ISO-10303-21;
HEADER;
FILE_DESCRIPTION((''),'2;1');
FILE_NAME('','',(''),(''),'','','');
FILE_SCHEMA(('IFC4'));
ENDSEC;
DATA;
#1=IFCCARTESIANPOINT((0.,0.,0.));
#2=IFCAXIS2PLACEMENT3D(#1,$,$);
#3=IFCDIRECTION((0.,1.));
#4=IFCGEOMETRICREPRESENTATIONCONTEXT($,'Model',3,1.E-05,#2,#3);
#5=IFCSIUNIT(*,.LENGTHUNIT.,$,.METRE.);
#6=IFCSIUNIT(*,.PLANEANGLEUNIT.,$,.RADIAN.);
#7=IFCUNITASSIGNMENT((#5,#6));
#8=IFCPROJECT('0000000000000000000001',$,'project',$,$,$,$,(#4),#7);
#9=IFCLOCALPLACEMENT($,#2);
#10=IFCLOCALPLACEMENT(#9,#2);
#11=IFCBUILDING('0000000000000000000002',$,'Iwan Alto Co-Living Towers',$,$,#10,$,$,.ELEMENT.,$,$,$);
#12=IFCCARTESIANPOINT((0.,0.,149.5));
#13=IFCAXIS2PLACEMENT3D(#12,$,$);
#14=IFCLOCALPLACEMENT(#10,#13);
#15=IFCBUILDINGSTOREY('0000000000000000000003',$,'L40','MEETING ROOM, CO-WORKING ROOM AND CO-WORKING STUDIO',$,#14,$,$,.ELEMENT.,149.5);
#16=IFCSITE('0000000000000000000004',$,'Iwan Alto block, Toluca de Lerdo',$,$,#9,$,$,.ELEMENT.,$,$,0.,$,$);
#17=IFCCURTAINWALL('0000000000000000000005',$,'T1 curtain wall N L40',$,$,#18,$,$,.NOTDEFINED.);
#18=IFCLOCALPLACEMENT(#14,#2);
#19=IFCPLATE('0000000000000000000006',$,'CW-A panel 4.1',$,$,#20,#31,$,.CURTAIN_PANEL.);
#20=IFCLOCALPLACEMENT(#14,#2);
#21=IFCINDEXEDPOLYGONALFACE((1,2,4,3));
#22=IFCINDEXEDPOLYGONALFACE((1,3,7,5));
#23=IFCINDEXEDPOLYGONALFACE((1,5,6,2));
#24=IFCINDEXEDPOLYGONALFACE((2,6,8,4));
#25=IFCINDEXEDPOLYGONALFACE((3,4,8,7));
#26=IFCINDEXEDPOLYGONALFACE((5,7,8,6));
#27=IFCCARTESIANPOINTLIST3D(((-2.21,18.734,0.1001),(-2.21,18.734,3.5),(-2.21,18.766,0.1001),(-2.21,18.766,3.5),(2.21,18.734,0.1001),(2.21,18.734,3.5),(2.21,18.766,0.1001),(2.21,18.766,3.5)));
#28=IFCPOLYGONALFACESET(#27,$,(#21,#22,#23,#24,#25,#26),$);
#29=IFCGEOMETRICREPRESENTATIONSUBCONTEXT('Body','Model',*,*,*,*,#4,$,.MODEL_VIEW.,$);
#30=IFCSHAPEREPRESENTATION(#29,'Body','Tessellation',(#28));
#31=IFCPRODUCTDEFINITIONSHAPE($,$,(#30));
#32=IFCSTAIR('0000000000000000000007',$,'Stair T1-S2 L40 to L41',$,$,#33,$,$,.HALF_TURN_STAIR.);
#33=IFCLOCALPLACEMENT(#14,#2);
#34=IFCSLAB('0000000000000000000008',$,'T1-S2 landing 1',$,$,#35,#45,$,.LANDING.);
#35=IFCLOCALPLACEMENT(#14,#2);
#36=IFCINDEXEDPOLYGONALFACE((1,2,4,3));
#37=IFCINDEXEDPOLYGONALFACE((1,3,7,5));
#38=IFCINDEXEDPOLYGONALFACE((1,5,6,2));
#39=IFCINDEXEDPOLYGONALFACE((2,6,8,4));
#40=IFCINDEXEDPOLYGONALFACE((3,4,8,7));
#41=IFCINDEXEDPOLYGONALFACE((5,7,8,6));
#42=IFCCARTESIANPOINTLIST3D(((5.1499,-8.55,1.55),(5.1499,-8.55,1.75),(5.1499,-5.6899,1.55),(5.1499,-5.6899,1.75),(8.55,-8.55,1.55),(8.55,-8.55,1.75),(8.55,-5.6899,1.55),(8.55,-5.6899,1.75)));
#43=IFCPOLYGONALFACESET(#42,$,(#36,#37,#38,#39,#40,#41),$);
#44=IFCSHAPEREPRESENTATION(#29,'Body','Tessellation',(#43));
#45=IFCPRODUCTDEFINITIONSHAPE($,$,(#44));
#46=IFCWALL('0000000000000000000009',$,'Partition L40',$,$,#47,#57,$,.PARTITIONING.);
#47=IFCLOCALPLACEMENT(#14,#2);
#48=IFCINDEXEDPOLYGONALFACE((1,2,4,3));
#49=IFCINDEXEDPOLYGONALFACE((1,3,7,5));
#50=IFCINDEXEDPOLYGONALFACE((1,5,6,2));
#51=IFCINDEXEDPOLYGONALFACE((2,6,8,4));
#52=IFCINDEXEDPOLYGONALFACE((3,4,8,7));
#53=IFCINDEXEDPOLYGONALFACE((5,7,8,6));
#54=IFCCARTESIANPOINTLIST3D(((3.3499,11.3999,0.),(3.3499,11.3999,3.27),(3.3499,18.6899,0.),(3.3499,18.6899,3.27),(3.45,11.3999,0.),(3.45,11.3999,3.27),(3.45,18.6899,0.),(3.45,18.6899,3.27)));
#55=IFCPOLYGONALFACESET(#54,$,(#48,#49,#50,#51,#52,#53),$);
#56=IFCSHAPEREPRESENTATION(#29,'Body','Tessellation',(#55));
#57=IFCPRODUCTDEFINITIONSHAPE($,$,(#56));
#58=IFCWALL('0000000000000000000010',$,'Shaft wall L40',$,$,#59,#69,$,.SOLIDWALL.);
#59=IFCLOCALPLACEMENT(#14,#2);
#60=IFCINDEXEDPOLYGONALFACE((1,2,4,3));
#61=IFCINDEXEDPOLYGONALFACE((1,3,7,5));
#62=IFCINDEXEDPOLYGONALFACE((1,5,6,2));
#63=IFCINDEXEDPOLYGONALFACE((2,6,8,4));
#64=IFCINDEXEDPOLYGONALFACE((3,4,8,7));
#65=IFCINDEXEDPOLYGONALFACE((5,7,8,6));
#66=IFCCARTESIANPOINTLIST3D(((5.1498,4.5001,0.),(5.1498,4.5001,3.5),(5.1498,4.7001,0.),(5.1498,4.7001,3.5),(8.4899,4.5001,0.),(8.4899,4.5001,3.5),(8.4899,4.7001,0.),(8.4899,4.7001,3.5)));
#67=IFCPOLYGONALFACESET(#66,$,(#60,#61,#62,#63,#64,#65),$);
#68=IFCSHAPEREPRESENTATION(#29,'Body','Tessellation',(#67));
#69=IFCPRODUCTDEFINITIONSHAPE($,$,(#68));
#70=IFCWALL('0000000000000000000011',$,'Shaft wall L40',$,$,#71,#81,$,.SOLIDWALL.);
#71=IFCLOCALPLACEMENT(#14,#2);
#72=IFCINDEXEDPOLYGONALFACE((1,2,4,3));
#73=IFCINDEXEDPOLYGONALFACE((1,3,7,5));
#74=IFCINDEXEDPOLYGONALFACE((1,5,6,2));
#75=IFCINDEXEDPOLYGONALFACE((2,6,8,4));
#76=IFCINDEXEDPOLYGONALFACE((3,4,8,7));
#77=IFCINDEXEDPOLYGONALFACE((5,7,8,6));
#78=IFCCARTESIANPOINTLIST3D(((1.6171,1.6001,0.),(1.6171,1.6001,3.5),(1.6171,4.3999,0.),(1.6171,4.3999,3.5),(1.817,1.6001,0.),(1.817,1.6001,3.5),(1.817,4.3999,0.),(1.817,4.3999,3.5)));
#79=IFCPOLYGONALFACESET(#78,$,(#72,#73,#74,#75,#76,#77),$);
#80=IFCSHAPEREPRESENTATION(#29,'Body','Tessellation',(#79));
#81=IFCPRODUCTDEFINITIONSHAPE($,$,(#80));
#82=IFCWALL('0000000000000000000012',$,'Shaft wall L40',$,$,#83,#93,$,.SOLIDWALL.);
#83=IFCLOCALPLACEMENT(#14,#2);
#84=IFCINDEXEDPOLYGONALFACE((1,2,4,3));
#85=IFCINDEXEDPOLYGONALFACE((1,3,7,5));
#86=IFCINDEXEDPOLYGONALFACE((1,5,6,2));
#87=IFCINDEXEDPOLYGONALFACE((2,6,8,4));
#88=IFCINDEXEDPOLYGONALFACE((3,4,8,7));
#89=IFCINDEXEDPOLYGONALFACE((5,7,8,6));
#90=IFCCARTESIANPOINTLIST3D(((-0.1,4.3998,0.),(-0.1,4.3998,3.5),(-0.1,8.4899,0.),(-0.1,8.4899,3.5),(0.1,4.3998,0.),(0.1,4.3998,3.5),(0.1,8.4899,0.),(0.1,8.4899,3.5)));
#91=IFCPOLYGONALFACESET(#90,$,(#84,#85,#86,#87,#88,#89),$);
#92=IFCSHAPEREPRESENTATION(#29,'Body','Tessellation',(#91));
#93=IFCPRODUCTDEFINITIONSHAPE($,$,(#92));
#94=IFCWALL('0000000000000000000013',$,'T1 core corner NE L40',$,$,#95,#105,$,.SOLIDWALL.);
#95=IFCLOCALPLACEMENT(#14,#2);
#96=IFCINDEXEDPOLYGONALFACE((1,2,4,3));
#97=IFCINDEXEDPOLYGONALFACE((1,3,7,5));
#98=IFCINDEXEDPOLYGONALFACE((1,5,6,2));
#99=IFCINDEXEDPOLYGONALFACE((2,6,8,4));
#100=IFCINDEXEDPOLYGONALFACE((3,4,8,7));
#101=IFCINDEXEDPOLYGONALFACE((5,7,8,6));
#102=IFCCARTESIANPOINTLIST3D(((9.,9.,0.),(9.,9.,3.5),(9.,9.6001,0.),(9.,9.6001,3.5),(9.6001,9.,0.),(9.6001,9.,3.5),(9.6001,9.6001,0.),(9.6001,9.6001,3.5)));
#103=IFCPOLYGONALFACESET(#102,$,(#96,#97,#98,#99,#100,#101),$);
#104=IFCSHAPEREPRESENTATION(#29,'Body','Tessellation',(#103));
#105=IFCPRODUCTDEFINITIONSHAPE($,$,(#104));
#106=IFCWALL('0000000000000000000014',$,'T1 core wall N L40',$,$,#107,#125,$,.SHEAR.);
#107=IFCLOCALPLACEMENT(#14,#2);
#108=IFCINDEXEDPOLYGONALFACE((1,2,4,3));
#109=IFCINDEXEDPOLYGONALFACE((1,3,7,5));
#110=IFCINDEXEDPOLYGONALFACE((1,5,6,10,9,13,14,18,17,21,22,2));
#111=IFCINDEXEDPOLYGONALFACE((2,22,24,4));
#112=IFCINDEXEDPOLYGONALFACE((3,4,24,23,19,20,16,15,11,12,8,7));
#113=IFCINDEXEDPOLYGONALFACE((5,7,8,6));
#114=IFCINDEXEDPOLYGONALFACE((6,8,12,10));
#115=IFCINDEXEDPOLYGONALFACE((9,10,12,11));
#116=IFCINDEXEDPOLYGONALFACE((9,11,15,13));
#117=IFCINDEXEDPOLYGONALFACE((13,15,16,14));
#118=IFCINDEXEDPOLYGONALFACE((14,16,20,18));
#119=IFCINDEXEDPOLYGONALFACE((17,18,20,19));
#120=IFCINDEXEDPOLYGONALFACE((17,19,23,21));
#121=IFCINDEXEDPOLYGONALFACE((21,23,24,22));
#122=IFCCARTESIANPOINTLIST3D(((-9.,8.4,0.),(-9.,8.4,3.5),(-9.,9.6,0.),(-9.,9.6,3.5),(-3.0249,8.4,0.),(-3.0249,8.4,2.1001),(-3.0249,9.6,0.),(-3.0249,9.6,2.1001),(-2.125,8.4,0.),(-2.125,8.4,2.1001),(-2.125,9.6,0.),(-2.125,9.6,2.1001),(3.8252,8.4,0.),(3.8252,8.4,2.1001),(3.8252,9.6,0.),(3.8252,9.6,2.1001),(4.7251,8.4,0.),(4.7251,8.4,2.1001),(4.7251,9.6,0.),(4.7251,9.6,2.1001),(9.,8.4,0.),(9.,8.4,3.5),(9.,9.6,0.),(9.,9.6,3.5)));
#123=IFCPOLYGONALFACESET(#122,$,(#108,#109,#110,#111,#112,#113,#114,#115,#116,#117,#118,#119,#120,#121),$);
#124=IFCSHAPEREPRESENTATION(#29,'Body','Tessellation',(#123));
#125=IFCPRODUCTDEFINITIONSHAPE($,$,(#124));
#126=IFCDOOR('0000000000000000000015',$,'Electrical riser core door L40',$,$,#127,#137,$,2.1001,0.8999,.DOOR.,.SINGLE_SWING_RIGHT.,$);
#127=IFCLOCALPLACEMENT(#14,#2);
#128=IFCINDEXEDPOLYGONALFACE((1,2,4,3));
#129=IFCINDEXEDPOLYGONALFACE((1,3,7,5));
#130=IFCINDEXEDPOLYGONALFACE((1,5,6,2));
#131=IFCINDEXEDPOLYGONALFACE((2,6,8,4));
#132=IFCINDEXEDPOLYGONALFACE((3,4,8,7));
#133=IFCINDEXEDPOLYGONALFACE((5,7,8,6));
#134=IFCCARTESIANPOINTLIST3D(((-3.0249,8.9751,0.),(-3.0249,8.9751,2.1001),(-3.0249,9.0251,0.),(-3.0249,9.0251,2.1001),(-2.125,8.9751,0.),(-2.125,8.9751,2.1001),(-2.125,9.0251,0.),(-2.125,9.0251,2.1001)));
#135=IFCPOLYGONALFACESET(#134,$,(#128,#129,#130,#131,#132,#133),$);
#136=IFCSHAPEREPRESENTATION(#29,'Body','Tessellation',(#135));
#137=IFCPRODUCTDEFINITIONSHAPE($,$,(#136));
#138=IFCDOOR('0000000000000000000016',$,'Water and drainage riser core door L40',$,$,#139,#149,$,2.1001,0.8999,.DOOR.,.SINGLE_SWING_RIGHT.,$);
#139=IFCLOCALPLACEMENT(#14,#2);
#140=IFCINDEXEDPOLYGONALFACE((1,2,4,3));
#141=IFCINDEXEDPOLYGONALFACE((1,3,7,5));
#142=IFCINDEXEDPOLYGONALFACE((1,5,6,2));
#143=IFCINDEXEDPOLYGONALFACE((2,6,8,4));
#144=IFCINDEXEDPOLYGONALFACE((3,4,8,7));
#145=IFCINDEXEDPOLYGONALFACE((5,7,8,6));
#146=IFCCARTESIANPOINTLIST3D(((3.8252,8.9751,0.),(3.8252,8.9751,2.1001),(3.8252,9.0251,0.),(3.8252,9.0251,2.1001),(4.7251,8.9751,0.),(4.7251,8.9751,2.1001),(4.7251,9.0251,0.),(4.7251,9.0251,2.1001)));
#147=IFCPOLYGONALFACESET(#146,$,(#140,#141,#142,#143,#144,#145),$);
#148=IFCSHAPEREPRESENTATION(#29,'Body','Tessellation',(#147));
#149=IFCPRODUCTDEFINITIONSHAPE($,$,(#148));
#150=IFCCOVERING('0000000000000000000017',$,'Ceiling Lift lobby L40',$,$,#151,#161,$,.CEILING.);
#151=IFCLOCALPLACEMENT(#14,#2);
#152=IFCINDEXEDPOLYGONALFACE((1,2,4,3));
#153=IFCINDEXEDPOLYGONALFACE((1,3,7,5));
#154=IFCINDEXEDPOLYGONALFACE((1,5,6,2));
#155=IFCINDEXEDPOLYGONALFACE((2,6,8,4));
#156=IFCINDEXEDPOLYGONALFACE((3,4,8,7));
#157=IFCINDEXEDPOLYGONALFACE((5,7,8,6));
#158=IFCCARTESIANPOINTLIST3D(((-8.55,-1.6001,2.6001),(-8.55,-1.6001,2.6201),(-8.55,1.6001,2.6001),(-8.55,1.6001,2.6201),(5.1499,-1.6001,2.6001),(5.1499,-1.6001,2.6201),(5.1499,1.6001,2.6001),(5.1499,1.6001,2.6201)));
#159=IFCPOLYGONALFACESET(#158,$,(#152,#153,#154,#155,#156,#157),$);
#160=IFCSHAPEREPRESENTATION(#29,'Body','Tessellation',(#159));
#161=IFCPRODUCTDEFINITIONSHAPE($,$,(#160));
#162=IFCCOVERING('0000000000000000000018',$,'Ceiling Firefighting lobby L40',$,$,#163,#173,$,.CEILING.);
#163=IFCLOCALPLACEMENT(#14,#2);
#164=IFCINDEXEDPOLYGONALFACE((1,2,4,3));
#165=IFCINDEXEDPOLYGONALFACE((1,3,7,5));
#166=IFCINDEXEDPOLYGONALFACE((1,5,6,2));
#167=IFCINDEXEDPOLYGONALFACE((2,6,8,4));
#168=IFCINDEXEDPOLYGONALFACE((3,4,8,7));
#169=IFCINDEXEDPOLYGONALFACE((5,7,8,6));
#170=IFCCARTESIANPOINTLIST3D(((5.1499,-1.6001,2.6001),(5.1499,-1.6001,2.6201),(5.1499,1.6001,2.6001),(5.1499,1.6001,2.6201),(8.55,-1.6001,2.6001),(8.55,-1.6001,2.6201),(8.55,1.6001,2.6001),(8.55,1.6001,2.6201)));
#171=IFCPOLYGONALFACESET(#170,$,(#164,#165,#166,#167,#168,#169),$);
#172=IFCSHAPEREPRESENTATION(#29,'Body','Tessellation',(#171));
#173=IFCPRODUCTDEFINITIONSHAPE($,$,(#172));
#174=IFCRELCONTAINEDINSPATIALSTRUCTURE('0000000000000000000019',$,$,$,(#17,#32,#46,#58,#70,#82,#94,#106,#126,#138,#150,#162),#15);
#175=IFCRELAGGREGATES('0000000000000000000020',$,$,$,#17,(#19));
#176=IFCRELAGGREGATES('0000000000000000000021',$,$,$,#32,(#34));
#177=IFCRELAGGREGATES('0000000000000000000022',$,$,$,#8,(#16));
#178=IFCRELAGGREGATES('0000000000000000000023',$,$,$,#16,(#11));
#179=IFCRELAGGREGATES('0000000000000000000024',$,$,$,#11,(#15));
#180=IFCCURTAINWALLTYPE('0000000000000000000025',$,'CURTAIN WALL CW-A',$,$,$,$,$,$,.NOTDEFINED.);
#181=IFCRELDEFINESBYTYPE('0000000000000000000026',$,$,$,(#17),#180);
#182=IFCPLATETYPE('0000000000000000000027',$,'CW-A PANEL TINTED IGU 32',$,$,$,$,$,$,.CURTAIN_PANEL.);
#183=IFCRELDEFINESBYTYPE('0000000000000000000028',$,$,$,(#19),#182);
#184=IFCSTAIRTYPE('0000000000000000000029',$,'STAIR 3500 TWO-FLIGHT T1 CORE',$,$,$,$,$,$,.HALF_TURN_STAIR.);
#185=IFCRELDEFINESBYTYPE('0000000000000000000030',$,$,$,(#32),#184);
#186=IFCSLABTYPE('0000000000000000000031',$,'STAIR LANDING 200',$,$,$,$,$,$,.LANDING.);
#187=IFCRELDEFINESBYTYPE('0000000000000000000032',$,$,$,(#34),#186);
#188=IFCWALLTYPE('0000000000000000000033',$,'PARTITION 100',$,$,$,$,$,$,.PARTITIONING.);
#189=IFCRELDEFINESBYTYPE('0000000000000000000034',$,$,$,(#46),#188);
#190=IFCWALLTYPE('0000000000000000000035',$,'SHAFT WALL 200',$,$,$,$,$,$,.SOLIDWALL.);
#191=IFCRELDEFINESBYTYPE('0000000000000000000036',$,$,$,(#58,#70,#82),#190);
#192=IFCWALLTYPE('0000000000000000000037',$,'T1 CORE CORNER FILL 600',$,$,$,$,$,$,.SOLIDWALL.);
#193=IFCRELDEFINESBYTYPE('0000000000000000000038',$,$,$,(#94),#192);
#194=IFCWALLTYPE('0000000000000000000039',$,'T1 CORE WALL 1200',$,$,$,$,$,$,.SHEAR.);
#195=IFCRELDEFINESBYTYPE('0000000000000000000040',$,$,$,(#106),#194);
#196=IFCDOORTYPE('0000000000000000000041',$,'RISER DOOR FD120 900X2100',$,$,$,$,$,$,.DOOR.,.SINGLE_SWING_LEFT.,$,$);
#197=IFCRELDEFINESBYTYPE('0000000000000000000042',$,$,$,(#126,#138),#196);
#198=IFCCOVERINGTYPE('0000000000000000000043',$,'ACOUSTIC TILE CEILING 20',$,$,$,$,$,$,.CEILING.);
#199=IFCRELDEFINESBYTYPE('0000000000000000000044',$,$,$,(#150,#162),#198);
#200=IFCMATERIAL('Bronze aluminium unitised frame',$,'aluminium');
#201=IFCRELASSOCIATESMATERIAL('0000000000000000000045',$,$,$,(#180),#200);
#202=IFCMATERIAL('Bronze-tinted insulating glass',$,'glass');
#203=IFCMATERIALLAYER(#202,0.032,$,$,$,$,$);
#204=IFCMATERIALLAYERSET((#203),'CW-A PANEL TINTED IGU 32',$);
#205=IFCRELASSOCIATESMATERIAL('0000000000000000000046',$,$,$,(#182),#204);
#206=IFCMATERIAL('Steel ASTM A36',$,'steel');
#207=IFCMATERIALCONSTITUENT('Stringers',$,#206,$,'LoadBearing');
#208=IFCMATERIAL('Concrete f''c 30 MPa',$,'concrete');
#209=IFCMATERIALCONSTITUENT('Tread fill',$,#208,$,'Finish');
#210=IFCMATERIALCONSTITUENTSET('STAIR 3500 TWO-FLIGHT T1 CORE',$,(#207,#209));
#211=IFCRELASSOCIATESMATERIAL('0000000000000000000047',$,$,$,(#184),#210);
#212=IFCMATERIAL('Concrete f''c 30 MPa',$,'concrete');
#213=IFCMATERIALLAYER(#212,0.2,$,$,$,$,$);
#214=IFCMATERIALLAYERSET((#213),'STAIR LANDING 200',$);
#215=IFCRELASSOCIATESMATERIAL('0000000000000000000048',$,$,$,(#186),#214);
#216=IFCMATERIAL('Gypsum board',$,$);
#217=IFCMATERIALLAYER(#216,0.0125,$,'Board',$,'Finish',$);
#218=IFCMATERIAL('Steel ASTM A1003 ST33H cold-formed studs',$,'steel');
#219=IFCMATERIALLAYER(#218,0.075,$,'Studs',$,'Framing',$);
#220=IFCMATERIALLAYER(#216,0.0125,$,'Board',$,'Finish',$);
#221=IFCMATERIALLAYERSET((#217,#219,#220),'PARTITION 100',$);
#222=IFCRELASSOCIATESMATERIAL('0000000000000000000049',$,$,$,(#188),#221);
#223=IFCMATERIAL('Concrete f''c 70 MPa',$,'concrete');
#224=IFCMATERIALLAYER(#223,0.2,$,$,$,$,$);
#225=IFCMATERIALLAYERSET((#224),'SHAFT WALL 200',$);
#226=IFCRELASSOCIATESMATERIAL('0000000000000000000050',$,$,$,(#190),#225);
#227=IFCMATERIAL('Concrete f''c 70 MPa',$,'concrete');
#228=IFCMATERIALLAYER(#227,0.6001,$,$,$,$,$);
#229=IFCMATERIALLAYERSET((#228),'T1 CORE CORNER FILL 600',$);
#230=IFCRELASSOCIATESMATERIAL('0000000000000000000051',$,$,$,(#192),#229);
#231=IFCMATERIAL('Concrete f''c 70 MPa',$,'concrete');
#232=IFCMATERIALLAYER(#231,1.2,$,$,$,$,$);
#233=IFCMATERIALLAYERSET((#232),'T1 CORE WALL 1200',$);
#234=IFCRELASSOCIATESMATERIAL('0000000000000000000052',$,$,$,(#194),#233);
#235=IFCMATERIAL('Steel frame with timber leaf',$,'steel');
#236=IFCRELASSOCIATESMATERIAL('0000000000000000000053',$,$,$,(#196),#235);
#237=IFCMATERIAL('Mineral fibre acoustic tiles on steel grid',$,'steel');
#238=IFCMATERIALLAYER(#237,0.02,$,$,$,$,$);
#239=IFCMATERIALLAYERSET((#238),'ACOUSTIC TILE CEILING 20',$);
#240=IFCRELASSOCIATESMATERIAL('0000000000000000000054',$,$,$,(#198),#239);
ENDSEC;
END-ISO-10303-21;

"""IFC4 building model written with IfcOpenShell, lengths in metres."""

from ifc_helpers import new_model, si_unit, direction, frame, frame_2d, origin, origin_2d, place, context, subcontext, project, spatial, polyline, rectangle, outline, extrude, material, layer, layer_set, constituent, constituent_set, type_object, element, fill, aggregate, save


model = new_model("IFC4")

# Units and contexts
model_context = context("Model", 3, precision=1e-05, world=origin(), true_north=direction((0.0, 1.0)))
body_context = subcontext(model_context, "Body", "Model", "MODEL_VIEW")
ifc_project = project(units=[si_unit("LENGTHUNIT", "METRE"), si_unit("PLANEANGLEUNIT", "RADIAN")], contexts=[model_context])

# Site, building, storey
site_placement = place(None, origin())
site = spatial("IfcSite", under=ifc_project, at=site_placement, Name="Iwan Alto block, Toluca de Lerdo", CompositionType="ELEMENT", RefElevation=0.0)
building_placement = place(site_placement, origin())
building = spatial("IfcBuilding", under=site, at=building_placement, Name="Iwan Alto Co-Living Towers", CompositionType="ELEMENT")
storey_placement = place(building_placement, frame((0.0, 0.0, 149.5)))
storey = spatial("IfcBuildingStorey", under=building, at=storey_placement, Name="L40", Description="MEETING ROOM, CO-WORKING ROOM AND CO-WORKING STUDIO", CompositionType="ELEMENT", Elevation=149.5)

# Curtain wall
ifc_material_1 = material(Name="Bronze aluminium unitised frame", Category="aluminium")
curtain_wall_type_1 = type_object("IfcCurtainWallType", Name="CURTAIN WALL CW-A", PredefinedType="NOTDEFINED", material=ifc_material_1)
curtain_wall_1_placement = place(storey_placement, origin())
curtain_wall_1 = element("IfcCurtainWall", 1, at=curtain_wall_1_placement, inside=storey, type_object=curtain_wall_type_1, Name="T1 curtain wall N L40", PredefinedType="NOTDEFINED")

# Plate
ifc_material_2 = material(Name="Bronze-tinted insulating glass", Category="glass")
ifc_layer_1 = layer(ifc_material_2, 0.032)
ifc_layer_set_1 = layer_set([ifc_layer_1], Name="CW-A PANEL TINTED IGU 32")
plate_type = type_object("IfcPlateType", Name="CW-A PANEL TINTED IGU 32", PredefinedType="CURTAIN_PANEL", material=ifc_layer_set_1)
plate_1_placement = place(storey_placement, frame((0.0, 18.75, 0.1001), z_axis=(0.0, 0.0, 1.0), x_axis=(-1.0, 0.0, 0.0)))
plate_1 = element("IfcPlate", 2, at=plate_1_placement, type_object=plate_type, Name="CW-A panel 4.1", PredefinedType="CURTAIN_PANEL", context=body_context, shape_type="SweptSolid", body=[
    extrude(rectangle(XDim=4.4199, YDim=0.032, at=origin_2d()), origin(), (0.0, 0.0, 1.0), 3.3999),
])
aggregate(curtain_wall_1, [plate_1])

# Stair, slab
ifc_material_3 = material(Name="Steel ASTM A36", Category="steel")
ifc_constituent_1 = constituent(ifc_material_3, Name="Stringers", Category="LoadBearing")
ifc_material_4 = material(Name="Concrete f'c 30 MPa", Category="concrete")
ifc_constituent_2 = constituent(ifc_material_4, Name="Tread fill", Category="Finish")
ifc_constituent_set = constituent_set(constituents=[ifc_constituent_1, ifc_constituent_2], Name="STAIR 3500 TWO-FLIGHT T1 CORE")
stair_type = type_object("IfcStairType", Name="STAIR 3500 TWO-FLIGHT T1 CORE", PredefinedType="HALF_TURN_STAIR", material=ifc_constituent_set)
stair_placement = place(storey_placement, origin())
stair = element("IfcStair", 3, at=stair_placement, inside=storey, type_object=stair_type, Name="Stair T1-S2 L40 to L41", PredefinedType="HALF_TURN_STAIR")
ifc_material_5 = material(Name="Concrete f'c 30 MPa", Category="concrete")
ifc_layer_2 = layer(ifc_material_5, 0.2)
ifc_layer_set_2 = layer_set([ifc_layer_2], Name="STAIR LANDING 200")
slab_type_1 = type_object("IfcSlabType", Name="STAIR LANDING 200", PredefinedType="LANDING", material=ifc_layer_set_2)
slab_1_placement = place(storey_placement, frame((0.0, 0.0, 1.55)))
slab_1 = element("IfcSlab", 4, at=slab_1_placement, type_object=slab_type_1, Name="T1-S2 landing 1", PredefinedType="LANDING", context=body_context, shape_type="SweptSolid", body=[
    extrude(outline(polyline([(5.1499, -5.6899), (5.1499, -8.55), (8.55, -8.55), (8.55, -5.6899), (5.1499, -5.6899)])), origin(), (0.0, 0.0, 1.0), 0.2),
])
aggregate(stair, [slab_1])

# Walls
ifc_material_6 = material(Name="Gypsum board")
ifc_layer_3 = layer(ifc_material_6, 0.0125, Name="Board", Category="Finish")
ifc_material_7 = material(Name="Steel ASTM A1003 ST33H cold-formed studs", Category="steel")
ifc_layer_4 = layer(ifc_material_7, 0.075, Name="Studs", Category="Framing")
ifc_layer_5 = layer(ifc_material_6, 0.0125, Name="Board", Category="Finish")
ifc_layer_set_3 = layer_set([ifc_layer_3, ifc_layer_4, ifc_layer_5], Name="PARTITION 100")
wall_type_1 = type_object("IfcWallType", Name="PARTITION 100", PredefinedType="PARTITIONING", material=ifc_layer_set_3)
wall_1_placement = place(storey_placement, frame((3.3999, 11.3999, 0.0), z_axis=(0.0, 0.0, 1.0), x_axis=(0.0, 1.0, 0.0)))
element("IfcWall", 5, at=wall_1_placement, inside=storey, type_object=wall_type_1, Name="Partition L40", PredefinedType="PARTITIONING", context=body_context, shape_type="SweptSolid", body=[
    extrude(rectangle(XDim=7.29, YDim=0.1001, at=frame_2d((3.645, 0.0))), origin(), (0.0, 0.0, 1.0), 3.27),
])
ifc_material_8 = material(Name="Concrete f'c 70 MPa", Category="concrete")
ifc_layer_6 = layer(ifc_material_8, 0.2)
ifc_layer_set_4 = layer_set([ifc_layer_6], Name="SHAFT WALL 200")
wall_type_2 = type_object("IfcWallType", Name="SHAFT WALL 200", PredefinedType="SOLIDWALL", material=ifc_layer_set_4)
wall_2_placement = place(storey_placement, frame((5.1499, 4.6001, 0.0), z_axis=(0.0, 0.0, 1.0), x_axis=(1.0, 0.0, 0.0)))
element("IfcWall", 6, at=wall_2_placement, inside=storey, type_object=wall_type_2, Name="Shaft wall L40", PredefinedType="SOLIDWALL", context=body_context, shape_type="SweptSolid", body=[
    extrude(rectangle(XDim=3.3401, YDim=0.2, at=frame_2d((1.6699, 0.0))), origin(), (0.0, 0.0, 1.0), 3.5),
])
wall_3_placement = place(storey_placement, frame((1.717, 1.6001, 0.0), z_axis=(0.0, 0.0, 1.0), x_axis=(0.0, 1.0, 0.0)))
element("IfcWall", 7, at=wall_3_placement, inside=storey, type_object=wall_type_2, Name="Shaft wall L40", PredefinedType="SOLIDWALL", context=body_context, shape_type="SweptSolid", body=[
    extrude(rectangle(XDim=2.7998, YDim=0.2, at=frame_2d((1.3999, 0.0))), origin(), (0.0, 0.0, 1.0), 3.5),
])
wall_4_placement = place(storey_placement, frame((0.0, 4.3999, 0.0), z_axis=(0.0, 0.0, 1.0), x_axis=(0.0, 1.0, 0.0)))
element("IfcWall", 8, at=wall_4_placement, inside=storey, type_object=wall_type_2, Name="Shaft wall L40", PredefinedType="SOLIDWALL", context=body_context, shape_type="SweptSolid", body=[
    extrude(rectangle(XDim=4.0901, YDim=0.2, at=frame_2d((2.0449, 0.0))), origin(), (0.0, 0.0, 1.0), 3.5),
])
ifc_material_9 = material(Name="Concrete f'c 70 MPa", Category="concrete")
ifc_layer_7 = layer(ifc_material_9, 0.6001)
ifc_layer_set_5 = layer_set([ifc_layer_7], Name="T1 CORE CORNER FILL 600")
wall_type_3 = type_object("IfcWallType", Name="T1 CORE CORNER FILL 600", PredefinedType="SOLIDWALL", material=ifc_layer_set_5)
wall_5_placement = place(storey_placement, frame((9.0, 9.3, 0.0), z_axis=(0.0, 0.0, 1.0), x_axis=(1.0, 0.0, 0.0)))
element("IfcWall", 9, at=wall_5_placement, inside=storey, type_object=wall_type_3, Name="T1 core corner NE L40", PredefinedType="SOLIDWALL", context=body_context, shape_type="SweptSolid", body=[
    extrude(rectangle(XDim=0.6001, YDim=0.6001, at=frame_2d((0.3, 0.0))), origin(), (0.0, 0.0, 1.0), 3.5),
])

# Wall, openings, doors
ifc_material_10 = material(Name="Concrete f'c 70 MPa", Category="concrete")
ifc_layer_8 = layer(ifc_material_10, 1.2)
ifc_layer_set_6 = layer_set([ifc_layer_8], Name="T1 CORE WALL 1200")
wall_type_4 = type_object("IfcWallType", Name="T1 CORE WALL 1200", PredefinedType="SHEAR", material=ifc_layer_set_6)
wall_6_placement = place(storey_placement, frame((9.0, 9.0, 0.0), z_axis=(0.0, 0.0, 1.0), x_axis=(-1.0, 0.0, 0.0)))
wall_6 = element("IfcWall", 10, at=wall_6_placement, inside=storey, type_object=wall_type_4, Name="T1 core wall N L40", PredefinedType="SHEAR", context=body_context, shape_type="SweptSolid", body=[
    extrude(rectangle(XDim=18.0, YDim=1.2, at=frame_2d((9.0, 0.0))), origin(), (0.0, 0.0, 1.0), 3.5),
])
opening_1_placement = place(wall_6_placement, frame((11.125, 0.0, 0.0)))
opening_1 = element("IfcOpeningElement", 11, at=opening_1_placement, cuts=wall_6, PredefinedType="OPENING", context=body_context, shape_type="SweptSolid", body=[
    extrude(rectangle(XDim=0.8999, YDim=2.1001, at=frame_2d((0.45, 1.05))), frame((0.0, 0.6099, 0.0), z_axis=(0.0, -1.0, 0.0), x_axis=(1.0, 0.0, 0.0)), (0.0, 0.0, 1.0), 1.22),
])
opening_2_placement = place(wall_6_placement, frame((4.2749, 0.0, 0.0)))
opening_2 = element("IfcOpeningElement", 12, at=opening_2_placement, cuts=wall_6, PredefinedType="OPENING", context=body_context, shape_type="SweptSolid", body=[
    extrude(rectangle(XDim=0.8999, YDim=2.1001, at=frame_2d((0.45, 1.05))), frame((0.0, 0.6099, 0.0), z_axis=(0.0, -1.0, 0.0), x_axis=(1.0, 0.0, 0.0)), (0.0, 0.0, 1.0), 1.22),
])
ifc_material_11 = material(Name="Steel frame with timber leaf", Category="steel")
door_type = type_object("IfcDoorType", Name="RISER DOOR FD120 900X2100", OperationType="SINGLE_SWING_LEFT", PredefinedType="DOOR", material=ifc_material_11)
door_1_placement = place(opening_1_placement, origin())
door_1 = element("IfcDoor", 13, at=door_1_placement, inside=storey, type_object=door_type, Name="Electrical riser core door L40", OperationType="SINGLE_SWING_RIGHT", OverallHeight=2.1001, OverallWidth=0.8999, PredefinedType="DOOR", context=body_context, shape_type="SweptSolid", body=[
    extrude(rectangle(XDim=0.8999, YDim=2.1001, at=frame_2d((0.45, 1.05))), frame((0.0, 0.0249, 0.0), z_axis=(0.0, -1.0, 0.0), x_axis=(1.0, 0.0, 0.0)), (0.0, 0.0, 1.0), 0.05),
])
fill(opening_1, door_1)
door_2_placement = place(opening_2_placement, origin())
door_2 = element("IfcDoor", 14, at=door_2_placement, inside=storey, type_object=door_type, Name="Water and drainage riser core door L40", OperationType="SINGLE_SWING_RIGHT", OverallHeight=2.1001, OverallWidth=0.8999, PredefinedType="DOOR", context=body_context, shape_type="SweptSolid", body=[
    extrude(rectangle(XDim=0.8999, YDim=2.1001, at=frame_2d((0.45, 1.05))), frame((0.0, 0.0249, 0.0), z_axis=(0.0, -1.0, 0.0), x_axis=(1.0, 0.0, 0.0)), (0.0, 0.0, 1.0), 0.05),
])
fill(opening_2, door_2)

# Coverings
ifc_material_12 = material(Name="Mineral fibre acoustic tiles on steel grid", Category="steel")
ifc_layer_9 = layer(ifc_material_12, 0.02)
ifc_layer_set_7 = layer_set([ifc_layer_9], Name="ACOUSTIC TILE CEILING 20")
covering_type_1 = type_object("IfcCoveringType", Name="ACOUSTIC TILE CEILING 20", PredefinedType="CEILING", material=ifc_layer_set_7)
covering_1_placement = place(storey_placement, frame((0.0, 0.0, 2.6001)))
element("IfcCovering", 15, at=covering_1_placement, inside=storey, type_object=covering_type_1, Name="Ceiling Lift lobby L40", PredefinedType="CEILING", context=body_context, shape_type="SweptSolid", body=[
    extrude(outline(polyline([(-8.55, -1.6001), (-8.55, 1.6001), (5.1499, 1.6001), (5.1499, -1.6001), (-8.55, -1.6001)])), origin(), (0.0, 0.0, 1.0), 0.02),
])
covering_2_placement = place(storey_placement, frame((0.0, 0.0, 2.6001)))
element("IfcCovering", 16, at=covering_2_placement, inside=storey, type_object=covering_type_1, Name="Ceiling Firefighting lobby L40", PredefinedType="CEILING", context=body_context, shape_type="SweptSolid", body=[
    extrude(outline(polyline([(5.1499, -1.6001), (5.1499, 1.6001), (8.55, 1.6001), (8.55, -1.6001), (5.1499, -1.6001)])), origin(), (0.0, 0.0, 1.0), 0.02),
])

save(model, "model.ifc")
